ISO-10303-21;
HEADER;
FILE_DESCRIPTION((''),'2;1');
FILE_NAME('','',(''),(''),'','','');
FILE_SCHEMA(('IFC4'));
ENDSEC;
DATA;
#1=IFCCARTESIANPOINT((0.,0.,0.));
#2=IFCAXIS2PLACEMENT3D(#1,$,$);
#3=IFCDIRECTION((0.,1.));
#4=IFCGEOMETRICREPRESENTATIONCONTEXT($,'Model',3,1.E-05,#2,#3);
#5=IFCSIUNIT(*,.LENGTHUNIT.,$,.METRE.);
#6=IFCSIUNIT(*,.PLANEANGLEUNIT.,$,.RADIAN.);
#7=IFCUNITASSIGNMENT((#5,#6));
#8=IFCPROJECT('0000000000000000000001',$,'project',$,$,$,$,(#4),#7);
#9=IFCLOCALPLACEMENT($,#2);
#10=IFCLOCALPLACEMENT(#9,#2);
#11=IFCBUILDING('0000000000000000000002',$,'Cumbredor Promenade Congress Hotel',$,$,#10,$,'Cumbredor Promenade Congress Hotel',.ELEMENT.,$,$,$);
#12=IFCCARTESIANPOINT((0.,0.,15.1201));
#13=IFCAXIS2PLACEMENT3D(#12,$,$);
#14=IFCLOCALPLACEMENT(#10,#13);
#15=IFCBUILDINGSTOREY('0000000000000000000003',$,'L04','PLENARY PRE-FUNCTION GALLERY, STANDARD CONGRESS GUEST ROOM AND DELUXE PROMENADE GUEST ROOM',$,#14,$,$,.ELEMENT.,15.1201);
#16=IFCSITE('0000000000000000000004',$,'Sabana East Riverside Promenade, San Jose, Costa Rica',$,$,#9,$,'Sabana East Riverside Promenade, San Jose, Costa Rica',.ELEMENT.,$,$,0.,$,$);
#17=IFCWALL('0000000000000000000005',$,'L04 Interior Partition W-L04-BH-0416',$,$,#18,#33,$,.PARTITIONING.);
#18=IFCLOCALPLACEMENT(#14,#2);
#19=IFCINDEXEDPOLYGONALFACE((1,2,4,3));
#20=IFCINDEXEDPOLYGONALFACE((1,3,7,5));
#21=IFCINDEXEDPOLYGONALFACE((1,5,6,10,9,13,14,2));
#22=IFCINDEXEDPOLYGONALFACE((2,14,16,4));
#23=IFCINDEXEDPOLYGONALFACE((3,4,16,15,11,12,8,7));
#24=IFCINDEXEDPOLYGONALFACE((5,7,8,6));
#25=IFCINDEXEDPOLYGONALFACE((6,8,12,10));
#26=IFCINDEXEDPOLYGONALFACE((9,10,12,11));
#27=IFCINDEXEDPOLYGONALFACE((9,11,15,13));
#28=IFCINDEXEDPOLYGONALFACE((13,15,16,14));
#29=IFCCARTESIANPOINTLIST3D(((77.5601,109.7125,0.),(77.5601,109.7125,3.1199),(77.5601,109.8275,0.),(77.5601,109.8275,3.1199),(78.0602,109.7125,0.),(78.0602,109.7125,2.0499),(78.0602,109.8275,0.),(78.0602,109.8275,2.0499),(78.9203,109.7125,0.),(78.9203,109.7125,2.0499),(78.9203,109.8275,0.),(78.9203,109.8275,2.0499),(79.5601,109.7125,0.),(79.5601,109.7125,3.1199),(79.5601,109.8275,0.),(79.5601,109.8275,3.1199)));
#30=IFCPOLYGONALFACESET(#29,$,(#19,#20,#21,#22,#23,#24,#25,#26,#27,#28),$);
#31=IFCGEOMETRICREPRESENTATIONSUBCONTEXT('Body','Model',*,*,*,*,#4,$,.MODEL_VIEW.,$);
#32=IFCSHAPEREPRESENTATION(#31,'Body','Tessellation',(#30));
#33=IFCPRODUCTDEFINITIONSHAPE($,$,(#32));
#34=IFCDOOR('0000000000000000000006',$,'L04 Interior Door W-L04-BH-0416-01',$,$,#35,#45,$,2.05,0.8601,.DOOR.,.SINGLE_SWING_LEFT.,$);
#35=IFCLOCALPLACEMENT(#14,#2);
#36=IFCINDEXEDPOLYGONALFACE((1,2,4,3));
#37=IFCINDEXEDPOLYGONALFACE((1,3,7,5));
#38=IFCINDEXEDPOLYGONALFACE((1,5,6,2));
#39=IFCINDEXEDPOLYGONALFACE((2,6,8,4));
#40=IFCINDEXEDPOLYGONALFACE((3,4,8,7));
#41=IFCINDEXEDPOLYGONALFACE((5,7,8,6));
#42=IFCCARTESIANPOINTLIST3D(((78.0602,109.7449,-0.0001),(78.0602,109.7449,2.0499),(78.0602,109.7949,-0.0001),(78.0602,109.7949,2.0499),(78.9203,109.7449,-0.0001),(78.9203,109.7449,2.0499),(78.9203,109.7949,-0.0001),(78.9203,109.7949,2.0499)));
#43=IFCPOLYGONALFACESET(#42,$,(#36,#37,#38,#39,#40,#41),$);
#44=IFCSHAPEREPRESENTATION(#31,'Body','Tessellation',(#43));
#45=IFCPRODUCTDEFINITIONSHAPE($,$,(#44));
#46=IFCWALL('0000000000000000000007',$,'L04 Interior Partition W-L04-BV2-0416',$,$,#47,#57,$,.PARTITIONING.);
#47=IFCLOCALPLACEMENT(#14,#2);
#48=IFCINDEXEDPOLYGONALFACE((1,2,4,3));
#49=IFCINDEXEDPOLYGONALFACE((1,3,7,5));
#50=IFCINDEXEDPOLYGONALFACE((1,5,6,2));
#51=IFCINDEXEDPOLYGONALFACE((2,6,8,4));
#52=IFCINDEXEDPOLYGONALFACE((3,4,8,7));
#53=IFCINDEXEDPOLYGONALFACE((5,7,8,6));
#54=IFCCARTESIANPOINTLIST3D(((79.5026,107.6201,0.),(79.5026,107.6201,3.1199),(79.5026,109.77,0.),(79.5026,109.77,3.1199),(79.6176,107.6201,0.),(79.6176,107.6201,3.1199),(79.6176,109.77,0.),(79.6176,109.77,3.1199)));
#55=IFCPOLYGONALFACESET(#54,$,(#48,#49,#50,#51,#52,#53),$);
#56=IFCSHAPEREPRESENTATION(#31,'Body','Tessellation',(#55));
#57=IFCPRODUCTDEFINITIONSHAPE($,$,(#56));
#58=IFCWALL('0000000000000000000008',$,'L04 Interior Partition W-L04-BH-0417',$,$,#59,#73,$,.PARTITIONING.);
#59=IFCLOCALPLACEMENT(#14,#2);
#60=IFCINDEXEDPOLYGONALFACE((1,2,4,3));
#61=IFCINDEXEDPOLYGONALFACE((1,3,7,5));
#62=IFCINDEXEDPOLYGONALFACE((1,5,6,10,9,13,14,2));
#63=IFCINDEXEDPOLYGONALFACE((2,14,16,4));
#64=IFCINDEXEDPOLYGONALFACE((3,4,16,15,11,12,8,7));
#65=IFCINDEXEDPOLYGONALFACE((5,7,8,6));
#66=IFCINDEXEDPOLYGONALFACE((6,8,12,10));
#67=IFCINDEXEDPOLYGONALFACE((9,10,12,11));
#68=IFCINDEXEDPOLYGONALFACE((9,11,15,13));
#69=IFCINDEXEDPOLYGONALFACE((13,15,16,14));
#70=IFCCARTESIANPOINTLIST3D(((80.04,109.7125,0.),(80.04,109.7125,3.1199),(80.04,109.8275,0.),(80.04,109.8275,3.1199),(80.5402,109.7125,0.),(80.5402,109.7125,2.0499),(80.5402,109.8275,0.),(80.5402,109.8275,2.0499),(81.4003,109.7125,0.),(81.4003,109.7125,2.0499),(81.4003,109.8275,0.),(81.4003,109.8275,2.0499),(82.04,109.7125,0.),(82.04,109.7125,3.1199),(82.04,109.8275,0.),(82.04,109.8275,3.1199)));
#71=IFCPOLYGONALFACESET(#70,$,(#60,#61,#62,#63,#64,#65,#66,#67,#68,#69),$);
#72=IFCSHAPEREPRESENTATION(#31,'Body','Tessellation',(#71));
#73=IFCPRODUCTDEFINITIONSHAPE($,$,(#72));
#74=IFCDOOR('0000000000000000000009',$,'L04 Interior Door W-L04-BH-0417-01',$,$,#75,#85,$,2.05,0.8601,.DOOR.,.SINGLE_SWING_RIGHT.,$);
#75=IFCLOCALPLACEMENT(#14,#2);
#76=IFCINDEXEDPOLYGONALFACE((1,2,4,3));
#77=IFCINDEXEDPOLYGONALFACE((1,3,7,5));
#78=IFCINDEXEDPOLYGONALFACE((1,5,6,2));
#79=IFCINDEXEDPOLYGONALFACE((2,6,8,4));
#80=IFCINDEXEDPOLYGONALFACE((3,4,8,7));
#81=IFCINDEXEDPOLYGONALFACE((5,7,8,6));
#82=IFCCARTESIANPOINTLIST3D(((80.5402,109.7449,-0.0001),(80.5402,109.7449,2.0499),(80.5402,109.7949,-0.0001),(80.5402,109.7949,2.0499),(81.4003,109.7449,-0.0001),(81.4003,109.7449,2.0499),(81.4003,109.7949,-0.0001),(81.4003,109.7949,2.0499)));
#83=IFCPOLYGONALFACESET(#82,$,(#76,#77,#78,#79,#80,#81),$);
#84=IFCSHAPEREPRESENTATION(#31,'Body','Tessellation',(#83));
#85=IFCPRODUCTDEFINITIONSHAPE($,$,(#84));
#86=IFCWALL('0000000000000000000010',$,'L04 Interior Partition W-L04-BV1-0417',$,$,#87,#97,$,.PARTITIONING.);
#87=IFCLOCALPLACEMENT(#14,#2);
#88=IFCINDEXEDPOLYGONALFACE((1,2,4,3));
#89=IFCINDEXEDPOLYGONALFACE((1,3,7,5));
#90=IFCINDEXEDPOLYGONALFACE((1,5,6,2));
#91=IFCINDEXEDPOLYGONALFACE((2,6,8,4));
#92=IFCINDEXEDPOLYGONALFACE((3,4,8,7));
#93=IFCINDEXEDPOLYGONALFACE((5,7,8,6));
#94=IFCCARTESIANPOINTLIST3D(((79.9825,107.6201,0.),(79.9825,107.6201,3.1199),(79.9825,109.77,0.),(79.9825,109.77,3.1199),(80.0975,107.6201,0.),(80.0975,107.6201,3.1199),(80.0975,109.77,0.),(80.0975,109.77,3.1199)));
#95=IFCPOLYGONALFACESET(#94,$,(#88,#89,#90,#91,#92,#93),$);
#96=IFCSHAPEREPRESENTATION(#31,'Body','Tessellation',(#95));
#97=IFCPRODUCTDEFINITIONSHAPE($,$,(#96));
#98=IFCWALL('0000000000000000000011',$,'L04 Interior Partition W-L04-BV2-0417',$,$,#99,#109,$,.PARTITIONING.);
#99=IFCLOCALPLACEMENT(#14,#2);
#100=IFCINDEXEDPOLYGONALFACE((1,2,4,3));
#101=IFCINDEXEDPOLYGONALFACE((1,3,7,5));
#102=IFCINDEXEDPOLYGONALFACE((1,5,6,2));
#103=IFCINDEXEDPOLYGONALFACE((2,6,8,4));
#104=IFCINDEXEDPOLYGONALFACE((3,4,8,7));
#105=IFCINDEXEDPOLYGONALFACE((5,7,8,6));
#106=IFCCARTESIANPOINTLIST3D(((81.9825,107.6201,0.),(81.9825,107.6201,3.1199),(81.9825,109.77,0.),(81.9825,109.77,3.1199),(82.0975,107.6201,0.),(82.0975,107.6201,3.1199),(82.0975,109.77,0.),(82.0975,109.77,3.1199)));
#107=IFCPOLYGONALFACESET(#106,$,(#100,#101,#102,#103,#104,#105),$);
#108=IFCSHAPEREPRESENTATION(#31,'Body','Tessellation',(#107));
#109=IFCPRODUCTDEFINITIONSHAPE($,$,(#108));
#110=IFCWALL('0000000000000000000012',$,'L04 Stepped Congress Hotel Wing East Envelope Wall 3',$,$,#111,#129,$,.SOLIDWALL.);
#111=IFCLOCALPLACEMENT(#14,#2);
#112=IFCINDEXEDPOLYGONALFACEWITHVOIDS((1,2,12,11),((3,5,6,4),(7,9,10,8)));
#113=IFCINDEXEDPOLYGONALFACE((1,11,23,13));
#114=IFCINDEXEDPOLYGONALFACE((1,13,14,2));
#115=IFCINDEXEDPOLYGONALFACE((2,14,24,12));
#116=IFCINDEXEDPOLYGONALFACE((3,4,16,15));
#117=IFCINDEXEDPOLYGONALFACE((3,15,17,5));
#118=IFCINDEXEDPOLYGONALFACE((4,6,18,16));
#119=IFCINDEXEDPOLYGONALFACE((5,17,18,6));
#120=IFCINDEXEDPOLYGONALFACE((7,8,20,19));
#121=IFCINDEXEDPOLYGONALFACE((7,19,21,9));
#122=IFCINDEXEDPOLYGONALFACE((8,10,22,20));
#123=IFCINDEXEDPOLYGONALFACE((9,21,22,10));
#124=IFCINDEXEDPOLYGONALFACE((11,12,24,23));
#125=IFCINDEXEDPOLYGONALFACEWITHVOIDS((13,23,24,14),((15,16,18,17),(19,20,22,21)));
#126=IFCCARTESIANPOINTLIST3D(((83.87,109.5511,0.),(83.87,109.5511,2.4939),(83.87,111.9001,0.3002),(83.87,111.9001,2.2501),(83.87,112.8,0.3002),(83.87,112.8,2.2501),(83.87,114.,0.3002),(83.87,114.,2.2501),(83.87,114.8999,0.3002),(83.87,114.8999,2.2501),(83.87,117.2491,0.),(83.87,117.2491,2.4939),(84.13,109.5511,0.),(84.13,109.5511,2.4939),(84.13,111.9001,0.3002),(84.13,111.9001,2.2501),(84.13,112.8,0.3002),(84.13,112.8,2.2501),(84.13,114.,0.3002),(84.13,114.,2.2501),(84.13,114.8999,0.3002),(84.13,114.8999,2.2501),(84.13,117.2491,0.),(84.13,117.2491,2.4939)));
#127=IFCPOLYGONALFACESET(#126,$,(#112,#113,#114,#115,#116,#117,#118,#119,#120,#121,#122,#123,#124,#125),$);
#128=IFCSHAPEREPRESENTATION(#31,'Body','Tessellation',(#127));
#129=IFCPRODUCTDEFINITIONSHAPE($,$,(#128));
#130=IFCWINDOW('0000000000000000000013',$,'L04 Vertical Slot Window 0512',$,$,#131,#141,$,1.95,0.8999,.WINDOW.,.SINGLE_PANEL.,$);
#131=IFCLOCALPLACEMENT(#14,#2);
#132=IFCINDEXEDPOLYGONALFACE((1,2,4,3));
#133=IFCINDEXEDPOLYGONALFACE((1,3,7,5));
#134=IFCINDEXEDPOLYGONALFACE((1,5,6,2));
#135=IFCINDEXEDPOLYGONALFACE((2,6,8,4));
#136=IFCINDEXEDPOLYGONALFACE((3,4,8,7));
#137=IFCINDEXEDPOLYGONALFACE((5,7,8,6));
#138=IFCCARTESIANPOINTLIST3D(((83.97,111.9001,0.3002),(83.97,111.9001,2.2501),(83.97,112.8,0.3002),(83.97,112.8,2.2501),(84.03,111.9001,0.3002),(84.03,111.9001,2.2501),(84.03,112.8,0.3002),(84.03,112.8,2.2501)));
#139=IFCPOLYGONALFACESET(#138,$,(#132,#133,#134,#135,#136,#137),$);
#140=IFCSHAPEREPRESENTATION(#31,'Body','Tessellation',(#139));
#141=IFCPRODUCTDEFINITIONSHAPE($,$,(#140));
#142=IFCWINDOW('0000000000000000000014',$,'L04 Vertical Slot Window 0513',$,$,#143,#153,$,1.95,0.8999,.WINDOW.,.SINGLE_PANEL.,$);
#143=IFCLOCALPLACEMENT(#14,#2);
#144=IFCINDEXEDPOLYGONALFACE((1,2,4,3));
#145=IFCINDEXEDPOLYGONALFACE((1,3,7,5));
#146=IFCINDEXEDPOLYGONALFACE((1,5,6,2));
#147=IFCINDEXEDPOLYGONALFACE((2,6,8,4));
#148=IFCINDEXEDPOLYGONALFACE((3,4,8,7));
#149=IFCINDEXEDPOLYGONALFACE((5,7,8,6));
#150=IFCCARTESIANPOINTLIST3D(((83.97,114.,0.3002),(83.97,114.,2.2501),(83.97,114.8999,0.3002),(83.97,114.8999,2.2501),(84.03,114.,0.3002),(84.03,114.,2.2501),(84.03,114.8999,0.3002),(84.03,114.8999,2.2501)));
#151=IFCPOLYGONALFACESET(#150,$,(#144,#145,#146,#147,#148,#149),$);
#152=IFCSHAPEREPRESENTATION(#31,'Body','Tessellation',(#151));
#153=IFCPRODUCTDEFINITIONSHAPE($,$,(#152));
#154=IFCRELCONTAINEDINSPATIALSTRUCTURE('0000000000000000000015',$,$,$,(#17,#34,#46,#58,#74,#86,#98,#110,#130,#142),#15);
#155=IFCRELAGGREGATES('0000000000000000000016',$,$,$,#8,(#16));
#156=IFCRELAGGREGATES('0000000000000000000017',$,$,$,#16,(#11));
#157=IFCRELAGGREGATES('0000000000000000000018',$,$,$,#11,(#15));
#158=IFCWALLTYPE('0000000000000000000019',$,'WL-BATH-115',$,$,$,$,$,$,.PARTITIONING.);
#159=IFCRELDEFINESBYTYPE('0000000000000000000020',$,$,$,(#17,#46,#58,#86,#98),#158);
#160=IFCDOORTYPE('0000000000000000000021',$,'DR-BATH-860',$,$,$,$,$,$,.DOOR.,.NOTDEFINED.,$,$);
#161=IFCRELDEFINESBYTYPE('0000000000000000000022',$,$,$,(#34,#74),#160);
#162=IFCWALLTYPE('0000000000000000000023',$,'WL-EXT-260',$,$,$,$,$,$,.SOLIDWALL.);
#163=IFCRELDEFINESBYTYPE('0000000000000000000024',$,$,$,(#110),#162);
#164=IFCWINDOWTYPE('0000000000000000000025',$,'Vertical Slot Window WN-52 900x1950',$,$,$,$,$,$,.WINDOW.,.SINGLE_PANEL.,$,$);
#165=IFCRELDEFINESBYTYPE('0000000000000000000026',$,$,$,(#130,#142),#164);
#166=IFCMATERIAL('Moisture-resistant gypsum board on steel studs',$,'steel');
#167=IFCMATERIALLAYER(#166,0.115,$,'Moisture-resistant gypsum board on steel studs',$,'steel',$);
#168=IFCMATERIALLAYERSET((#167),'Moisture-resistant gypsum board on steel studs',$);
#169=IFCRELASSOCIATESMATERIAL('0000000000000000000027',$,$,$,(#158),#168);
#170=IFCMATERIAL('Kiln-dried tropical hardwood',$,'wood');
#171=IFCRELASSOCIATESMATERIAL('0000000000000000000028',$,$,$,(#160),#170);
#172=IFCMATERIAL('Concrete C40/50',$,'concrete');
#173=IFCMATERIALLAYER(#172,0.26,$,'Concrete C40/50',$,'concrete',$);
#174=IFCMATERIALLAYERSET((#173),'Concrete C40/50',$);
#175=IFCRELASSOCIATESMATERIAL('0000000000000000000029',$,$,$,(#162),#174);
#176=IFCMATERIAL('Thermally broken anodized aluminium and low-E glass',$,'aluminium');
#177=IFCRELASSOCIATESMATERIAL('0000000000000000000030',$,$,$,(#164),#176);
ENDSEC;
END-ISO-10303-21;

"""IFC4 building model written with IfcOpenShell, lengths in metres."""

from ifc_helpers import new_model, si_unit, direction, frame, frame_2d, origin, place, context, subcontext, project, spatial, rectangle, extrude, material, layer, layer_set, type_object, element, fill, save


model = new_model("IFC4")

# Units and contexts
model_context = context("Model", 3, precision=1e-05, world=origin(), true_north=direction((0.0, 1.0)))
body_context = subcontext(model_context, "Body", "Model", "MODEL_VIEW")
ifc_project = project(units=[si_unit("LENGTHUNIT", "METRE"), si_unit("PLANEANGLEUNIT", "RADIAN")], contexts=[model_context])

# Site, building, storey
site_placement = place(None, origin())
site = spatial("IfcSite", under=ifc_project, at=site_placement, Name="Sabana East Riverside Promenade, San Jose, Costa Rica", LongName="Sabana East Riverside Promenade, San Jose, Costa Rica", CompositionType="ELEMENT", RefElevation=0.0)
building_placement = place(site_placement, origin())
building = spatial("IfcBuilding", under=site, at=building_placement, Name="Cumbredor Promenade Congress Hotel", LongName="Cumbredor Promenade Congress Hotel", CompositionType="ELEMENT")
storey_placement = place(building_placement, frame((0.0, 0.0, 15.1201)))
storey = spatial("IfcBuildingStorey", under=building, at=storey_placement, Name="L04", Description="PLENARY PRE-FUNCTION GALLERY, STANDARD CONGRESS GUEST ROOM AND DELUXE PROMENADE GUEST ROOM", CompositionType="ELEMENT", Elevation=15.1201)

# Shared definitions
ifc_material_1 = material(Name="Concrete C40/50", Category="concrete")

# Shared definitions
ifc_material_2 = material(Name="Thermally broken anodized aluminium and low-E glass", Category="aluminium")

# Shared definitions
ifc_material_3 = material(Name="Kiln-dried tropical hardwood", Category="wood")

# Wall, opening, door
ifc_material_4 = material(Name="Moisture-resistant gypsum board on steel studs", Category="steel")
ifc_layer_1 = layer(ifc_material_4, 0.115, Name="Moisture-resistant gypsum board on steel studs", Category="steel")
ifc_layer_set_1 = layer_set([ifc_layer_1], Name="Moisture-resistant gypsum board on steel studs")
wall_type_1 = type_object("IfcWallType", Name="WL-BATH-115", PredefinedType="PARTITIONING", material=ifc_layer_set_1)
wall_1_placement = place(storey_placement, frame((77.5601, 109.77, 0.0), z_axis=(0.0, 0.0, 1.0), x_axis=(1.0, 0.0, 0.0)))
wall_1 = element("IfcWall", 1, at=wall_1_placement, inside=storey, type_object=wall_type_1, Name="L04 Interior Partition W-L04-BH-0416", PredefinedType="PARTITIONING", context=body_context, shape_type="SweptSolid", body=[
    extrude(rectangle(XDim=2.0, YDim=0.115, at=frame_2d((1.0, 0.0))), origin(), (0.0, 0.0, 1.0), 3.1199),
])
opening_1_placement = place(wall_1_placement, frame((0.5, 0.0, 0.0)))
opening_1 = element("IfcOpeningElement", 2, at=opening_1_placement, cuts=wall_1, PredefinedType="OPENING", context=body_context, shape_type="SweptSolid", body=[
    extrude(rectangle(XDim=0.8601, YDim=2.05, at=frame_2d((0.4302, 1.0249))), frame((0.0, 0.0674, 0.0), z_axis=(0.0, -1.0, 0.0), x_axis=(1.0, 0.0, 0.0)), (0.0, 0.0, 1.0), 0.135),
])
door_type = type_object("IfcDoorType", Name="DR-BATH-860", OperationType="NOTDEFINED", PredefinedType="DOOR", material=ifc_material_3)
door_1_placement = place(opening_1_placement, origin())
door_1 = element("IfcDoor", 3, at=door_1_placement, inside=storey, type_object=door_type, Name="L04 Interior Door W-L04-BH-0416-01", OperationType="SINGLE_SWING_LEFT", OverallHeight=2.05, OverallWidth=0.8601, PredefinedType="DOOR", context=body_context, shape_type="SweptSolid", body=[
    extrude(rectangle(XDim=0.8601, YDim=2.05, at=frame_2d((0.4302, 1.0249))), frame((0.0, 0.0249, 0.0), z_axis=(0.0, -1.0, 0.0), x_axis=(1.0, 0.0, 0.0)), (0.0, 0.0, 1.0), 0.05),
])
fill(opening_1, door_1)

# Wall
wall_2_placement = place(storey_placement, frame((79.5601, 107.6201, 0.0), z_axis=(0.0, 0.0, 1.0), x_axis=(0.0, 1.0, 0.0)))
element("IfcWall", 4, at=wall_2_placement, inside=storey, type_object=wall_type_1, Name="L04 Interior Partition W-L04-BV2-0416", PredefinedType="PARTITIONING", context=body_context, shape_type="SweptSolid", body=[
    extrude(rectangle(XDim=2.1499, YDim=0.115, at=frame_2d((1.075, 0.0))), origin(), (0.0, 0.0, 1.0), 3.1199),
])

# Wall, opening, door
wall_3_placement = place(storey_placement, frame((80.04, 109.77, 0.0), z_axis=(0.0, 0.0, 1.0), x_axis=(1.0, 0.0, 0.0)))
wall_3 = element("IfcWall", 5, at=wall_3_placement, inside=storey, type_object=wall_type_1, Name="L04 Interior Partition W-L04-BH-0417", PredefinedType="PARTITIONING", context=body_context, shape_type="SweptSolid", body=[
    extrude(rectangle(XDim=2.0, YDim=0.115, at=frame_2d((1.0, 0.0))), origin(), (0.0, 0.0, 1.0), 3.1199),
])
opening_2_placement = place(wall_3_placement, frame((0.5, 0.0, 0.0)))
opening_2 = element("IfcOpeningElement", 6, at=opening_2_placement, cuts=wall_3, PredefinedType="OPENING", context=body_context, shape_type="SweptSolid", body=[
    extrude(rectangle(XDim=0.8601, YDim=2.05, at=frame_2d((0.4302, 1.0249))), frame((0.0, 0.0674, 0.0), z_axis=(0.0, -1.0, 0.0), x_axis=(1.0, 0.0, 0.0)), (0.0, 0.0, 1.0), 0.135),
])
door_2_placement = place(opening_2_placement, origin())
door_2 = element("IfcDoor", 7, at=door_2_placement, inside=storey, type_object=door_type, Name="L04 Interior Door W-L04-BH-0417-01", OperationType="SINGLE_SWING_RIGHT", OverallHeight=2.05, OverallWidth=0.8601, PredefinedType="DOOR", context=body_context, shape_type="SweptSolid", body=[
    extrude(rectangle(XDim=0.8601, YDim=2.05, at=frame_2d((0.4302, 1.0249))), frame((0.0, 0.0249, 0.0), z_axis=(0.0, -1.0, 0.0), x_axis=(1.0, 0.0, 0.0)), (0.0, 0.0, 1.0), 0.05),
])
fill(opening_2, door_2)

# Walls
for number, where, z_axis, x_axis, name in (
    (8, (80.04, 107.6201, 0.0), (0.0, 0.0, 1.0), (0.0, 1.0, 0.0), "L04 Interior Partition W-L04-BV1-0417"),
    (9, (82.04, 107.6201, 0.0), (0.0, 0.0, 1.0), (0.0, 1.0, 0.0), "L04 Interior Partition W-L04-BV2-0417"),
):
    element("IfcWall", number, at=place(storey_placement, frame(where, z_axis=z_axis, x_axis=x_axis)), inside=storey, type_object=wall_type_1, Name=name, PredefinedType="PARTITIONING", context=body_context, shape_type="SweptSolid", body=[
        extrude(rectangle(XDim=2.1499, YDim=0.115, at=frame_2d((1.075, 0.0))), origin(), (0.0, 0.0, 1.0), 3.1199),
    ])

# Wall, openings, windows
ifc_layer_2 = layer(ifc_material_1, 0.26, Name="Concrete C40/50", Category="concrete")
ifc_layer_set_2 = layer_set([ifc_layer_2], Name="Concrete C40/50")
wall_type_2 = type_object("IfcWallType", Name="WL-EXT-260", PredefinedType="SOLIDWALL", material=ifc_layer_set_2)
wall_4_placement = place(storey_placement, frame((84.0, 109.551, 0.0), z_axis=(0.0, 0.0, 1.0), x_axis=(0.0, 1.0, 0.0)))
wall_4 = element("IfcWall", 10, at=wall_4_placement, inside=storey, type_object=wall_type_2, Name="L04 Stepped Congress Hotel Wing East Envelope Wall 3", PredefinedType="SOLIDWALL", context=body_context, shape_type="SweptSolid", body=[
    extrude(rectangle(XDim=7.698, YDim=0.26, at=frame_2d((3.8491, 0.0))), origin(), (0.0, 0.0, 1.0), 2.4939),
])
opening_3_placement = place(wall_4_placement, frame((2.3491, 0.0, 0.3)))
opening_3 = element("IfcOpeningElement", 11, at=opening_3_placement, cuts=wall_4, PredefinedType="OPENING", context=body_context, shape_type="SweptSolid", body=[
    extrude(rectangle(XDim=0.8999, YDim=1.95, at=frame_2d((0.45, 0.9751))), frame((0.0, 0.1401, 0.0), z_axis=(0.0, -1.0, 0.0), x_axis=(1.0, 0.0, 0.0)), (0.0, 0.0, 1.0), 0.28),
])
opening_4_placement = place(wall_4_placement, frame((4.449, 0.0, 0.3)))
opening_4 = element("IfcOpeningElement", 12, at=opening_4_placement, cuts=wall_4, PredefinedType="OPENING", context=body_context, shape_type="SweptSolid", body=[
    extrude(rectangle(XDim=0.8999, YDim=1.95, at=frame_2d((0.45, 0.9751))), frame((0.0, 0.1401, 0.0), z_axis=(0.0, -1.0, 0.0), x_axis=(1.0, 0.0, 0.0)), (0.0, 0.0, 1.0), 0.28),
])
window_type = type_object("IfcWindowType", Name="Vertical Slot Window WN-52 900x1950", PartitioningType="SINGLE_PANEL", PredefinedType="WINDOW", material=ifc_material_2)
window_1_placement = place(opening_3_placement, origin())
window_1 = element("IfcWindow", 13, at=window_1_placement, inside=storey, type_object=window_type, Name="L04 Vertical Slot Window 0512", OverallHeight=1.95, OverallWidth=0.8999, PartitioningType="SINGLE_PANEL", PredefinedType="WINDOW", context=body_context, shape_type="SweptSolid", body=[
    extrude(rectangle(XDim=0.8999, YDim=1.95, at=frame_2d((0.45, 0.9751))), frame((0.0, 0.03, 0.0), z_axis=(0.0, -1.0, 0.0), x_axis=(1.0, 0.0, 0.0)), (0.0, 0.0, 1.0), 0.0601),
])
fill(opening_3, window_1)
window_2_placement = place(opening_4_placement, origin())
window_2 = element("IfcWindow", 14, at=window_2_placement, inside=storey, type_object=window_type, Name="L04 Vertical Slot Window 0513", OverallHeight=1.95, OverallWidth=0.8999, PartitioningType="SINGLE_PANEL", PredefinedType="WINDOW", context=body_context, shape_type="SweptSolid", body=[
    extrude(rectangle(XDim=0.8999, YDim=1.95, at=frame_2d((0.45, 0.9751))), frame((0.0, 0.03, 0.0), z_axis=(0.0, -1.0, 0.0), x_axis=(1.0, 0.0, 0.0)), (0.0, 0.0, 1.0), 0.0601),
])
fill(opening_4, window_2)

save(model, "model.ifc")
